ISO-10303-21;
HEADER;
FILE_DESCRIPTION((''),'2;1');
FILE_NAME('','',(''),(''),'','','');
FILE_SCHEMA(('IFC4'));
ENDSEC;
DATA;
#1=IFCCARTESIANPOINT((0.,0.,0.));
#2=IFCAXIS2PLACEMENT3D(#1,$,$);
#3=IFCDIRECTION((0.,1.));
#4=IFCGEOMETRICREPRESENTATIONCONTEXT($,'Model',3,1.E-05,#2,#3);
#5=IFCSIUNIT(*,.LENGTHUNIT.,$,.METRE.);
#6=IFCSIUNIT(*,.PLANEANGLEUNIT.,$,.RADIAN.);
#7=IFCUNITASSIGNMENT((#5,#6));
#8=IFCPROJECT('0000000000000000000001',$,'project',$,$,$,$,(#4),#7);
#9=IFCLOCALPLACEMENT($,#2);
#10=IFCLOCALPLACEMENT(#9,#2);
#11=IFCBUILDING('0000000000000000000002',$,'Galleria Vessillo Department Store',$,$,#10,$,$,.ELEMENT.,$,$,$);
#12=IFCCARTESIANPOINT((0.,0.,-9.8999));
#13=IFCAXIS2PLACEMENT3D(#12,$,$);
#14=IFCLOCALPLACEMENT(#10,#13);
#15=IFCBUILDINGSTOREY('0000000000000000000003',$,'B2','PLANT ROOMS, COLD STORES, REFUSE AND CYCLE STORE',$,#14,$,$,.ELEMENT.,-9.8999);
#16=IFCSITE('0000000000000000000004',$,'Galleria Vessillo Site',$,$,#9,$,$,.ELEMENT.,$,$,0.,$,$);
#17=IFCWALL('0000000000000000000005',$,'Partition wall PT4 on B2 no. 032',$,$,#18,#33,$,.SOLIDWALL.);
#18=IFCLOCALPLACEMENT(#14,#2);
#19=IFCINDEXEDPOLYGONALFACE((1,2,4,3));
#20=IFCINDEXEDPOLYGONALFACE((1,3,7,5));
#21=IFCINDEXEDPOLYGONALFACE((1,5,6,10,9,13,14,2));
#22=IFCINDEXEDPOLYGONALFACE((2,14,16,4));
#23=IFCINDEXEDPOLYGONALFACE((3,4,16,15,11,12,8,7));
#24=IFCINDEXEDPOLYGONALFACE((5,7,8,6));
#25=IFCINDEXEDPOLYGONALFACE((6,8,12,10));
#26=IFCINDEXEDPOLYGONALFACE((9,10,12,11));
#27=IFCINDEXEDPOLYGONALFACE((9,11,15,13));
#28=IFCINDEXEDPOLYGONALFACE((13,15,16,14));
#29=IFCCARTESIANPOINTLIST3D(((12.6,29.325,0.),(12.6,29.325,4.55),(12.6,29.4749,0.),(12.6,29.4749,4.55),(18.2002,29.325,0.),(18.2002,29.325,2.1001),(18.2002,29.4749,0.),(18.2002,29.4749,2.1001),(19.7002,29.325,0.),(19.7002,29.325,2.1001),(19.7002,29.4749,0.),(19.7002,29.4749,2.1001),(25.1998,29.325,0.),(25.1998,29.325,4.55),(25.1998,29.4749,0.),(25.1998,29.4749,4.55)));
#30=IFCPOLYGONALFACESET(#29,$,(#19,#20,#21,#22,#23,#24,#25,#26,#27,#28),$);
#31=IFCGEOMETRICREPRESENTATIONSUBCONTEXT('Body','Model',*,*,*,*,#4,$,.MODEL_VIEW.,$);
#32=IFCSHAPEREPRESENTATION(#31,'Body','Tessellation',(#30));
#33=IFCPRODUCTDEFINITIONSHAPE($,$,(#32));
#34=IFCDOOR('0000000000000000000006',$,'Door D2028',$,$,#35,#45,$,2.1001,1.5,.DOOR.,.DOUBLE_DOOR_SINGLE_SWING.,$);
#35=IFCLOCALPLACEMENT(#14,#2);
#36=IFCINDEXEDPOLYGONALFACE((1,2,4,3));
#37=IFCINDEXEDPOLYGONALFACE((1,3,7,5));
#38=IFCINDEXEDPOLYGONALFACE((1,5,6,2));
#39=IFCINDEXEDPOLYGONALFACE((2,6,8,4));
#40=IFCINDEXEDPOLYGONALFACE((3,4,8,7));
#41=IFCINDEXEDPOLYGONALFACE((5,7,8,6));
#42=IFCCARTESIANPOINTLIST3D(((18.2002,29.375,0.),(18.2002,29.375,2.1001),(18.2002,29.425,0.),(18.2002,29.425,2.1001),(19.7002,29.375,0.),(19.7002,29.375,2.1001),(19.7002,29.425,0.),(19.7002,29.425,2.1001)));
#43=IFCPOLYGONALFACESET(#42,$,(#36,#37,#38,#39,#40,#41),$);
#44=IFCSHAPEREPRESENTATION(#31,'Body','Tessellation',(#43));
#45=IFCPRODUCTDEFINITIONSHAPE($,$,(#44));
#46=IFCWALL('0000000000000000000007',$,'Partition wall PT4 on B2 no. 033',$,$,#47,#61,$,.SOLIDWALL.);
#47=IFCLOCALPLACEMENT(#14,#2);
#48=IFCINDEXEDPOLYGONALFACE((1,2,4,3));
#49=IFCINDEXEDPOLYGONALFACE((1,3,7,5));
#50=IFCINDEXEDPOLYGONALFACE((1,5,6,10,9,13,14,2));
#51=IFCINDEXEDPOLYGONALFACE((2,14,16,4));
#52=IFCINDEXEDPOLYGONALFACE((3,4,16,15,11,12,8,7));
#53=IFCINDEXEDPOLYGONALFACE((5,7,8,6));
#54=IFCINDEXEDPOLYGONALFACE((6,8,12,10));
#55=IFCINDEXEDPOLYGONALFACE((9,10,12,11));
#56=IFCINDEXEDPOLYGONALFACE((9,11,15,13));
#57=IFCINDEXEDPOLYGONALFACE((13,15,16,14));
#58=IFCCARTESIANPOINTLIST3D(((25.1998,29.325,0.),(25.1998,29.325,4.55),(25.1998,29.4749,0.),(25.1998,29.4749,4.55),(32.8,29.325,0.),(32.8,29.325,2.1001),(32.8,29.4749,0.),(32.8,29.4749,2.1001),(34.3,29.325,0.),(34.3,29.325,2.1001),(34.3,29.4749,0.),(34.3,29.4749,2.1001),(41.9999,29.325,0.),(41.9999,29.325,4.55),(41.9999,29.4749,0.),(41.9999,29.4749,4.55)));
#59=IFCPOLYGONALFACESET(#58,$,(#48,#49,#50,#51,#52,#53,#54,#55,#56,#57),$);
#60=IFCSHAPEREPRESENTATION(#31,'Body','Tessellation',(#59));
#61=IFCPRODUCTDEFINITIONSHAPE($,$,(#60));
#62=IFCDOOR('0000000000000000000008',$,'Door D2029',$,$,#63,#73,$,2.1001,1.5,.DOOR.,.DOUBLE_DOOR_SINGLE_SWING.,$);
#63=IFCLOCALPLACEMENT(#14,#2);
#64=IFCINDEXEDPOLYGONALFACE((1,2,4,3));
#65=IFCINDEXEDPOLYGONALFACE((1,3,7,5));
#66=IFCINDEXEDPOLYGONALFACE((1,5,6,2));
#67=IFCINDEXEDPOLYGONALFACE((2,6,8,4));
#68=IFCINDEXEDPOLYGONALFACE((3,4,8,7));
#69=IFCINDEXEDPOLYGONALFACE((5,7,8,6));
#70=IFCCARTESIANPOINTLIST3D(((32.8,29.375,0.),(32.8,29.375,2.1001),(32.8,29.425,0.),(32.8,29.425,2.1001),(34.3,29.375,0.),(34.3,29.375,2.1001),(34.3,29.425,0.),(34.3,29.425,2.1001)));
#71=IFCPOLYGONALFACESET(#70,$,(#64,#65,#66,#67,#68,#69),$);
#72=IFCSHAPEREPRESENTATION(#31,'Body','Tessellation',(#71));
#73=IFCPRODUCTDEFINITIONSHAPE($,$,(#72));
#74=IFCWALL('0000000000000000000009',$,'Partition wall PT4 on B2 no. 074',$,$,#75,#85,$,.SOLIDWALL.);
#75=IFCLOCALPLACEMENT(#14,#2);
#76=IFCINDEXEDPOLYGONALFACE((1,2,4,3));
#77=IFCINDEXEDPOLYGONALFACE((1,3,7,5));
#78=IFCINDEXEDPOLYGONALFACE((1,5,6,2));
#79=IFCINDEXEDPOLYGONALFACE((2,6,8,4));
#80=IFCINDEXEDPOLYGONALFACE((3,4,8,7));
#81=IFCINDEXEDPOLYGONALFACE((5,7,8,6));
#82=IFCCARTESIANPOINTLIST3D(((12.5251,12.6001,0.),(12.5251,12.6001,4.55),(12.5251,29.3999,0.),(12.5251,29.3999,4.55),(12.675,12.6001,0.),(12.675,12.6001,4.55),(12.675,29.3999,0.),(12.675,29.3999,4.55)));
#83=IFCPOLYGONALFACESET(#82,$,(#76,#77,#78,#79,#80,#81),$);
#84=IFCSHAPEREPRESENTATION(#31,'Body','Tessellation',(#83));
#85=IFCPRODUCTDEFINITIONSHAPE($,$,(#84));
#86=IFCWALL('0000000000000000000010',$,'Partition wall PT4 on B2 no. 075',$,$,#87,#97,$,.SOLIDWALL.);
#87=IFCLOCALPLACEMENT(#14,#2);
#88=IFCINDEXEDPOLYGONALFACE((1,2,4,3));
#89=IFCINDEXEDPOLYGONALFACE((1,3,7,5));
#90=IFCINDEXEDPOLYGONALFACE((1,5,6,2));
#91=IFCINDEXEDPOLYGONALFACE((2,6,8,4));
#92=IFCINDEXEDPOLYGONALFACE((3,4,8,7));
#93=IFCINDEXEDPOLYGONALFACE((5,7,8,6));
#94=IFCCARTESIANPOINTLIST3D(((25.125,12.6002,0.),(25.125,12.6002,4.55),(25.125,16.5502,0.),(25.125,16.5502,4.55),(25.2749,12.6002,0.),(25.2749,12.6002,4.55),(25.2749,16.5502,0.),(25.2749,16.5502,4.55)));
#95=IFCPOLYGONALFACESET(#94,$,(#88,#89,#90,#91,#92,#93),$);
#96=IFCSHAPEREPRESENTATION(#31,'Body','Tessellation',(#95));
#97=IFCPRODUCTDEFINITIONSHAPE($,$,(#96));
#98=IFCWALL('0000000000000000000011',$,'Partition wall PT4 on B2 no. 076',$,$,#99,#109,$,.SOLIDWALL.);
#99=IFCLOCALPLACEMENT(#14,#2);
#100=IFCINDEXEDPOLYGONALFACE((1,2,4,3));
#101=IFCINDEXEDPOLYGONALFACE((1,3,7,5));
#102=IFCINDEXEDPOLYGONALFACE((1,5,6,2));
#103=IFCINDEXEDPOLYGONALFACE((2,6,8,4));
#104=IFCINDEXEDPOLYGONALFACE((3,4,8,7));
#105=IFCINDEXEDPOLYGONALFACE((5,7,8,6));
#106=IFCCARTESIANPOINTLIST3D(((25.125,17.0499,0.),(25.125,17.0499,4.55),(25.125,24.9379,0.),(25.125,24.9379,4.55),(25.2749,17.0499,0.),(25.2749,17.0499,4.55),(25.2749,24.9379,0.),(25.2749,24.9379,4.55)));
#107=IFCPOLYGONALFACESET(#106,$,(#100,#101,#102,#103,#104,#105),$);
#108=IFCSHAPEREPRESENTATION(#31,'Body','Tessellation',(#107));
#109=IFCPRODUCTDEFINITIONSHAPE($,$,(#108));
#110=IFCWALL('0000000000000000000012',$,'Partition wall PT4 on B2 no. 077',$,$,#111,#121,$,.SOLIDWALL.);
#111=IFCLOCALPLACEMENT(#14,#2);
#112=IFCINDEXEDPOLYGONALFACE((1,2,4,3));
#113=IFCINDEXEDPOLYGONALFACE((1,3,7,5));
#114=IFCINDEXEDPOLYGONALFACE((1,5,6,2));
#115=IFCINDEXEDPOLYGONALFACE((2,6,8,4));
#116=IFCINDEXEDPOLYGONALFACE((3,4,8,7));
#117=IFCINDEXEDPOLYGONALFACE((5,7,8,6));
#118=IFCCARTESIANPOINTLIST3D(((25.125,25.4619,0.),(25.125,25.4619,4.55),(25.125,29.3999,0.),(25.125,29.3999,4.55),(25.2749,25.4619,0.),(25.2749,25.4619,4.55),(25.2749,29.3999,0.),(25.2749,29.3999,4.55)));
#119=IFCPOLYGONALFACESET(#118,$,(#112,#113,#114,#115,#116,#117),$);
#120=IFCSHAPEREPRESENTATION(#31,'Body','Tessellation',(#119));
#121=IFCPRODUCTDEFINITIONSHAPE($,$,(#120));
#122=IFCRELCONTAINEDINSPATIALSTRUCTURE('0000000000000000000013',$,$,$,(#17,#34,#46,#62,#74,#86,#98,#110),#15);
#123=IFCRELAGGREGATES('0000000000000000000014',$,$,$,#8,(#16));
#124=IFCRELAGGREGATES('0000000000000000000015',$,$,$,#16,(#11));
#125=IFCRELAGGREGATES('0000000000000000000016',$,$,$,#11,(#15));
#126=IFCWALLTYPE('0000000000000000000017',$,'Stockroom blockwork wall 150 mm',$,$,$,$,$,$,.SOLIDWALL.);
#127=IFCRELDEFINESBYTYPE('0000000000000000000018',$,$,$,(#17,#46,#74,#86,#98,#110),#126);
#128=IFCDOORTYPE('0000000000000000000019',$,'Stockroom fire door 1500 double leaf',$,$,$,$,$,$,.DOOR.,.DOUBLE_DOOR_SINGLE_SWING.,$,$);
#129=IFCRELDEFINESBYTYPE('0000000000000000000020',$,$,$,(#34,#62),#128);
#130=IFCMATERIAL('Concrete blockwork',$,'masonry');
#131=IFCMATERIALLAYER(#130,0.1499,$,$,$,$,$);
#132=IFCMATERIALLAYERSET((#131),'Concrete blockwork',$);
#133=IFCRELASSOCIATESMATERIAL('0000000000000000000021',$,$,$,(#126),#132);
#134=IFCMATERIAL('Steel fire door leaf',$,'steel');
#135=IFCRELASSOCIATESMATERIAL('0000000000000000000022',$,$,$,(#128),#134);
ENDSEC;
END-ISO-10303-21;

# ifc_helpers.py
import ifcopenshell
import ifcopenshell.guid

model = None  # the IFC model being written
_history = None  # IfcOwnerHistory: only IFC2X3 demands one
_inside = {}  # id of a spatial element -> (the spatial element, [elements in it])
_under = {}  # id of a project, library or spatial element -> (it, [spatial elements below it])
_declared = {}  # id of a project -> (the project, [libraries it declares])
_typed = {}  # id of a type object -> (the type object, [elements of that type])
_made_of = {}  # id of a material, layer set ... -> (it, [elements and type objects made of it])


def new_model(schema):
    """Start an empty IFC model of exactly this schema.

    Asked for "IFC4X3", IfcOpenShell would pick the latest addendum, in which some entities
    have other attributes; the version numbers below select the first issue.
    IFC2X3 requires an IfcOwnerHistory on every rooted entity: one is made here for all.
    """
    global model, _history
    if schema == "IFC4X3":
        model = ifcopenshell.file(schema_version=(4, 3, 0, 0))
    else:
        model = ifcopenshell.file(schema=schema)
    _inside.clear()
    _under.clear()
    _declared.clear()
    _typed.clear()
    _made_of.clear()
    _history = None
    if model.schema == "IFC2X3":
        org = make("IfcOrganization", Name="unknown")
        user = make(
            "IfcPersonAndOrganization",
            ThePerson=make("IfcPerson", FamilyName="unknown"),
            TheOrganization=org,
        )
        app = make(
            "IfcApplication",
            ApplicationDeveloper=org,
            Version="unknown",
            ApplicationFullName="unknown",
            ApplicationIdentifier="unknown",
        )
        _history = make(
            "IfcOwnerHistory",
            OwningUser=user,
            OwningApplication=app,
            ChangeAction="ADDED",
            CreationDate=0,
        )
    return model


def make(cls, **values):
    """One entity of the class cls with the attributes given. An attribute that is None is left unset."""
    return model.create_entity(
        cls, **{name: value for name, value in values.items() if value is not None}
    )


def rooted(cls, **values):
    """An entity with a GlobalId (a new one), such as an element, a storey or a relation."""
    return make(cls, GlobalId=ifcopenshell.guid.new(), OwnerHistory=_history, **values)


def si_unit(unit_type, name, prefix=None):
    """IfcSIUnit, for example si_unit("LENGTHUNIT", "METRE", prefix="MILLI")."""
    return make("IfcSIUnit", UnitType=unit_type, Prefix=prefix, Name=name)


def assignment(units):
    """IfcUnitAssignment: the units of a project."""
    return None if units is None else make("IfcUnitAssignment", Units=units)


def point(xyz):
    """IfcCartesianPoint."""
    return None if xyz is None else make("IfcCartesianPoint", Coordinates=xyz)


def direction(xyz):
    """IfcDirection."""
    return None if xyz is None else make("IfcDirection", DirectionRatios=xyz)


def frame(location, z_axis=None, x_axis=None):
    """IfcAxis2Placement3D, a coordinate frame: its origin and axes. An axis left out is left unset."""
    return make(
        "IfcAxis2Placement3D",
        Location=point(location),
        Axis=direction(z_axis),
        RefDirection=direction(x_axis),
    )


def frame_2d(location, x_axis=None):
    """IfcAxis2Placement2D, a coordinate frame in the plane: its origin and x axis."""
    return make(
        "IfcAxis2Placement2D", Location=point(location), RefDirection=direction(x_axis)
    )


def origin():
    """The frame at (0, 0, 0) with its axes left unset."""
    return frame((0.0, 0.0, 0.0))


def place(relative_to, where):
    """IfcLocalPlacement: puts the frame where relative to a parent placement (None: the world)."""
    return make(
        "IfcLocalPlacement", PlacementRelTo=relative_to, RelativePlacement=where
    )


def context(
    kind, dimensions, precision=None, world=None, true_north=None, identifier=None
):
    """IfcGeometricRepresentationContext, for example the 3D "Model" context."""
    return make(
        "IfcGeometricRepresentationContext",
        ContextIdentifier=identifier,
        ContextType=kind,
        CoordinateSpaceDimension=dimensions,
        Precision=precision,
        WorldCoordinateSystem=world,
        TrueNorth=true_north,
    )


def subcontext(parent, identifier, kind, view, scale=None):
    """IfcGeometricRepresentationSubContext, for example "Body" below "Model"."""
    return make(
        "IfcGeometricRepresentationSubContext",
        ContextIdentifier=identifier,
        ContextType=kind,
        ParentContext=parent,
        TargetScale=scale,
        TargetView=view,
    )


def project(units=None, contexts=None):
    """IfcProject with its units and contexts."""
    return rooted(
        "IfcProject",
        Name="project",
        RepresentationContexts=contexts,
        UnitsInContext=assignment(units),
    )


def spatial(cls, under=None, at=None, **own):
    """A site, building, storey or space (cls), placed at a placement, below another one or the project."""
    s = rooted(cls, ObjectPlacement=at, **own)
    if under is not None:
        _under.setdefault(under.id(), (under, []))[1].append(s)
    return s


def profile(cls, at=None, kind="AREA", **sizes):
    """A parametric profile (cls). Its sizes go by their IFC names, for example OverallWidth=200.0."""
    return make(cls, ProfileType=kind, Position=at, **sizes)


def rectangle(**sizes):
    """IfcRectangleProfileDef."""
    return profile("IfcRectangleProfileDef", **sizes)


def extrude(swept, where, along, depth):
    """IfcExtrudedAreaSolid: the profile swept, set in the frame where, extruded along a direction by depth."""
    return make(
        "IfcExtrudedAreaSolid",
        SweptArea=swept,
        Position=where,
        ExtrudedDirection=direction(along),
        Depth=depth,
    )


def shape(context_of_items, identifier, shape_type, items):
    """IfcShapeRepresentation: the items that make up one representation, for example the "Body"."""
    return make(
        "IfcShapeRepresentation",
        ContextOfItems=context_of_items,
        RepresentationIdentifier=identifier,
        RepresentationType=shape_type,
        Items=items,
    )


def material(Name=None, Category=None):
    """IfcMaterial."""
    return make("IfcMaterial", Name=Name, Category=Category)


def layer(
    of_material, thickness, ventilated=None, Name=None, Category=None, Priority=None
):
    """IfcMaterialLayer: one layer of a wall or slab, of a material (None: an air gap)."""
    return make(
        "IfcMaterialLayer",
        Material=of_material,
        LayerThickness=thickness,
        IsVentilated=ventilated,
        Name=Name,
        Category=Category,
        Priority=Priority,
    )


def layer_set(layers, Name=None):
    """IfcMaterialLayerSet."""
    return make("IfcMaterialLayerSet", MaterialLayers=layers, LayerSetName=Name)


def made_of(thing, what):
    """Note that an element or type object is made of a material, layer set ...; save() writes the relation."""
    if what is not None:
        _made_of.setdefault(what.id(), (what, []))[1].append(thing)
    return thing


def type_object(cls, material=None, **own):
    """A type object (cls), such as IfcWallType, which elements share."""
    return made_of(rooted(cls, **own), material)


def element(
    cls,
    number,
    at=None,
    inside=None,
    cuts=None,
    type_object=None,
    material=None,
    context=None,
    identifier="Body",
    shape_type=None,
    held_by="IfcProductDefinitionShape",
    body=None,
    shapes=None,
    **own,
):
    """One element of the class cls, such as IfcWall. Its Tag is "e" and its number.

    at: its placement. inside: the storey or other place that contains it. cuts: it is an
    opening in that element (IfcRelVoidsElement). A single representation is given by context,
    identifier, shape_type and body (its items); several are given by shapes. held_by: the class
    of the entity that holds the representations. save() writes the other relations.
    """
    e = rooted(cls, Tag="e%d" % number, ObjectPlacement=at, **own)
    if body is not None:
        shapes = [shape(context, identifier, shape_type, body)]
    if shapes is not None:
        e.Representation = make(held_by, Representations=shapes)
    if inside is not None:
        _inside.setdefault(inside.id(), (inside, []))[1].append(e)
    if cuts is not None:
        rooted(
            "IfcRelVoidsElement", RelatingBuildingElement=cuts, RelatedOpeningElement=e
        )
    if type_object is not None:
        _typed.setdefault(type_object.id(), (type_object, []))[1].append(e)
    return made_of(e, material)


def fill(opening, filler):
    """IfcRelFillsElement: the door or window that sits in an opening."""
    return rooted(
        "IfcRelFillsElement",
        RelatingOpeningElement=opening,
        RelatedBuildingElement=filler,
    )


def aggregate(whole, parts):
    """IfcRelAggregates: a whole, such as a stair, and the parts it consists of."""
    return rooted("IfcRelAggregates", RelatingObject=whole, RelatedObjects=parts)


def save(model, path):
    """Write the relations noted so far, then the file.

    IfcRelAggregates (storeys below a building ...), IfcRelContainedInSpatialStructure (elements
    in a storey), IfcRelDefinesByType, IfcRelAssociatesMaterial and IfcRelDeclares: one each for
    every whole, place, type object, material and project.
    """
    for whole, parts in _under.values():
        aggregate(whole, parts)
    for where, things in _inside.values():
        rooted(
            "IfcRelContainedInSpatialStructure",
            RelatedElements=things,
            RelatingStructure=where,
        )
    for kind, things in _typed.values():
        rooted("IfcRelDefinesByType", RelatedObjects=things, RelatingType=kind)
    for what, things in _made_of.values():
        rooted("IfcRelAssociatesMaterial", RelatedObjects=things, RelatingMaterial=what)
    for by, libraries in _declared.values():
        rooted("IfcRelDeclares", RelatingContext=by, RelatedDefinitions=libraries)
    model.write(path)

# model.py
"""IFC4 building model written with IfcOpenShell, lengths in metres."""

from ifc_helpers import new_model, si_unit, direction, frame, frame_2d, origin, place, context, subcontext, project, spatial, rectangle, extrude, material, layer, layer_set, type_object, element, fill, save


model = new_model("IFC4")

# Units and contexts
model_context = context("Model", 3, precision=1e-05, world=origin(), true_north=direction((0.0, 1.0)))
body_context = subcontext(model_context, "Body", "Model", "MODEL_VIEW")
ifc_project = project(units=[si_unit("LENGTHUNIT", "METRE"), si_unit("PLANEANGLEUNIT", "RADIAN")], contexts=[model_context])

# Site, building, storey
site_placement = place(None, origin())
site = spatial("IfcSite", under=ifc_project, at=site_placement, Name="Galleria Vessillo Site", CompositionType="ELEMENT", RefElevation=0.0)
building_placement = place(site_placement, origin())
building = spatial("IfcBuilding", under=site, at=building_placement, Name="Galleria Vessillo Department Store", CompositionType="ELEMENT")
storey_placement = place(building_placement, frame((0.0, 0.0, -9.8999)))
storey = spatial("IfcBuildingStorey", under=building, at=storey_placement, Name="B2", Description="PLANT ROOMS, COLD STORES, REFUSE AND CYCLE STORE", CompositionType="ELEMENT", Elevation=-9.8999)

# Walls, openings, doors
ifc_material_1 = material(Name="Concrete blockwork", Category="masonry")
ifc_layer_1 = layer(ifc_material_1, 0.1499)
ifc_layer_set_1 = layer_set([ifc_layer_1], Name="Concrete blockwork")
wall_type_1 = type_object("IfcWallType", Name="Stockroom blockwork wall 150 mm", PredefinedType="SOLIDWALL", material=ifc_layer_set_1)
ifc_material_2 = material(Name="Steel fire door leaf", Category="steel")
door_type_1 = type_object("IfcDoorType", Name="Stockroom fire door 1500 double leaf", OperationType="DOUBLE_DOOR_SINGLE_SWING", PredefinedType="DOOR", material=ifc_material_2)
wall_1_placement = place(storey_placement, frame((12.6001, 29.3999, 0.0), z_axis=(0.0, 0.0, 1.0), x_axis=(1.0, 0.0, 0.0)))
wall_1 = element("IfcWall", 1, at=wall_1_placement, inside=storey, type_object=wall_type_1, Name="Partition wall PT4 on B2 no. 032", PredefinedType="SOLIDWALL", context=body_context, shape_type="SweptSolid", body=[
    extrude(rectangle(XDim=12.5999, YDim=0.1499, at=frame_2d((6.2998, 0.0))), origin(), (0.0, 0.0, 1.0), 4.55),
])
opening_1_placement = place(wall_1_placement, frame((5.6001, 0.0, 0.0)))
opening_1 = element("IfcOpeningElement", 2, at=opening_1_placement, cuts=wall_1, PredefinedType="OPENING", context=body_context, shape_type="SweptSolid", body=[
    extrude(rectangle(XDim=1.5, YDim=2.1001, at=frame_2d((0.75, 1.05))), frame((0.0, 0.085, 0.0), z_axis=(0.0, -1.0, 0.0), x_axis=(1.0, 0.0, 0.0)), (0.0, 0.0, 1.0), 0.1699),
])
door_1_placement = place(opening_1_placement, frame((1.5, 0.0, 0.0), z_axis=(0.0, 0.0, 1.0), x_axis=(-1.0, 0.0, 0.0)))
door_1 = element("IfcDoor", 3, at=door_1_placement, inside=storey, type_object=door_type_1, Name="Door D2028", OperationType="DOUBLE_DOOR_SINGLE_SWING", OverallHeight=2.1001, OverallWidth=1.5, PredefinedType="DOOR", context=body_context, shape_type="SweptSolid", body=[
    extrude(rectangle(XDim=1.5, YDim=2.1001, at=frame_2d((0.75, 1.05))), frame((0.0, 0.0249, 0.0), z_axis=(0.0, -1.0, 0.0), x_axis=(1.0, 0.0, 0.0)), (0.0, 0.0, 1.0), 0.05),
])
fill(opening_1, door_1)
wall_2_placement = place(storey_placement, frame((25.2, 29.3999, 0.0), z_axis=(0.0, 0.0, 1.0), x_axis=(1.0, 0.0, 0.0)))
wall_2 = element("IfcWall", 4, at=wall_2_placement, inside=storey, type_object=wall_type_1, Name="Partition wall PT4 on B2 no. 033", PredefinedType="SOLIDWALL", context=body_context, shape_type="SweptSolid", body=[
    extrude(rectangle(XDim=16.8, YDim=0.1499, at=frame_2d((8.3999, 0.0))), origin(), (0.0, 0.0, 1.0), 4.55),
])
opening_2_placement = place(wall_2_placement, frame((7.6001, 0.0, 0.0)))
opening_2 = element("IfcOpeningElement", 5, at=opening_2_placement, cuts=wall_2, PredefinedType="OPENING", context=body_context, shape_type="SweptSolid", body=[
    extrude(rectangle(XDim=1.5, YDim=2.1001, at=frame_2d((0.75, 1.05))), frame((0.0, 0.085, 0.0), z_axis=(0.0, -1.0, 0.0), x_axis=(1.0, 0.0, 0.0)), (0.0, 0.0, 1.0), 0.1699),
])
door_2_placement = place(opening_2_placement, frame((1.5, 0.0, 0.0), z_axis=(0.0, 0.0, 1.0), x_axis=(-1.0, 0.0, 0.0)))
door_2 = element("IfcDoor", 6, at=door_2_placement, inside=storey, type_object=door_type_1, Name="Door D2029", OperationType="DOUBLE_DOOR_SINGLE_SWING", OverallHeight=2.1001, OverallWidth=1.5, PredefinedType="DOOR", context=body_context, shape_type="SweptSolid", body=[
    extrude(rectangle(XDim=1.5, YDim=2.1001, at=frame_2d((0.75, 1.05))), frame((0.0, 0.0249, 0.0), z_axis=(0.0, -1.0, 0.0), x_axis=(1.0, 0.0, 0.0)), (0.0, 0.0, 1.0), 0.05),
])
fill(opening_2, door_2)

# Walls
wall_3_placement = place(storey_placement, frame((12.6001, 12.6001, 0.0), z_axis=(0.0, 0.0, 1.0), x_axis=(0.0, 1.0, 0.0)))
element("IfcWall", 7, at=wall_3_placement, inside=storey, type_object=wall_type_1, Name="Partition wall PT4 on B2 no. 074", PredefinedType="SOLIDWALL", context=body_context, shape_type="SweptSolid", body=[
    extrude(rectangle(XDim=16.7998, YDim=0.1499, at=frame_2d((8.3999, 0.0))), origin(), (0.0, 0.0, 1.0), 4.55),
])
wall_4_placement = place(storey_placement, frame((25.2, 12.6001, 0.0), z_axis=(0.0, 0.0, 1.0), x_axis=(0.0, 1.0, 0.0)))
element("IfcWall", 8, at=wall_4_placement, inside=storey, type_object=wall_type_1, Name="Partition wall PT4 on B2 no. 075", PredefinedType="SOLIDWALL", context=body_context, shape_type="SweptSolid", body=[
    extrude(rectangle(XDim=3.95, YDim=0.1499, at=frame_2d((1.9751, 0.0))), origin(), (0.0, 0.0, 1.0), 4.55),
])
wall_5_placement = place(storey_placement, frame((25.2, 17.05, 0.0), z_axis=(0.0, 0.0, 1.0), x_axis=(0.0, 1.0, 0.0)))
element("IfcWall", 9, at=wall_5_placement, inside=storey, type_object=wall_type_1, Name="Partition wall PT4 on B2 no. 076", PredefinedType="SOLIDWALL", context=body_context, shape_type="SweptSolid", body=[
    extrude(rectangle(XDim=7.8879, YDim=0.1499, at=frame_2d((3.9438, 0.0))), origin(), (0.0, 0.0, 1.0), 4.55),
])
wall_6_placement = place(storey_placement, frame((25.2, 25.4619, 0.0), z_axis=(0.0, 0.0, 1.0), x_axis=(0.0, 1.0, 0.0)))
element("IfcWall", 10, at=wall_6_placement, inside=storey, type_object=wall_type_1, Name="Partition wall PT4 on B2 no. 077", PredefinedType="SOLIDWALL", context=body_context, shape_type="SweptSolid", body=[
    extrude(rectangle(XDim=3.938, YDim=0.1499, at=frame_2d((1.969, 0.0))), origin(), (0.0, 0.0, 1.0), 4.55),
])

save(model, "model.ifc")
